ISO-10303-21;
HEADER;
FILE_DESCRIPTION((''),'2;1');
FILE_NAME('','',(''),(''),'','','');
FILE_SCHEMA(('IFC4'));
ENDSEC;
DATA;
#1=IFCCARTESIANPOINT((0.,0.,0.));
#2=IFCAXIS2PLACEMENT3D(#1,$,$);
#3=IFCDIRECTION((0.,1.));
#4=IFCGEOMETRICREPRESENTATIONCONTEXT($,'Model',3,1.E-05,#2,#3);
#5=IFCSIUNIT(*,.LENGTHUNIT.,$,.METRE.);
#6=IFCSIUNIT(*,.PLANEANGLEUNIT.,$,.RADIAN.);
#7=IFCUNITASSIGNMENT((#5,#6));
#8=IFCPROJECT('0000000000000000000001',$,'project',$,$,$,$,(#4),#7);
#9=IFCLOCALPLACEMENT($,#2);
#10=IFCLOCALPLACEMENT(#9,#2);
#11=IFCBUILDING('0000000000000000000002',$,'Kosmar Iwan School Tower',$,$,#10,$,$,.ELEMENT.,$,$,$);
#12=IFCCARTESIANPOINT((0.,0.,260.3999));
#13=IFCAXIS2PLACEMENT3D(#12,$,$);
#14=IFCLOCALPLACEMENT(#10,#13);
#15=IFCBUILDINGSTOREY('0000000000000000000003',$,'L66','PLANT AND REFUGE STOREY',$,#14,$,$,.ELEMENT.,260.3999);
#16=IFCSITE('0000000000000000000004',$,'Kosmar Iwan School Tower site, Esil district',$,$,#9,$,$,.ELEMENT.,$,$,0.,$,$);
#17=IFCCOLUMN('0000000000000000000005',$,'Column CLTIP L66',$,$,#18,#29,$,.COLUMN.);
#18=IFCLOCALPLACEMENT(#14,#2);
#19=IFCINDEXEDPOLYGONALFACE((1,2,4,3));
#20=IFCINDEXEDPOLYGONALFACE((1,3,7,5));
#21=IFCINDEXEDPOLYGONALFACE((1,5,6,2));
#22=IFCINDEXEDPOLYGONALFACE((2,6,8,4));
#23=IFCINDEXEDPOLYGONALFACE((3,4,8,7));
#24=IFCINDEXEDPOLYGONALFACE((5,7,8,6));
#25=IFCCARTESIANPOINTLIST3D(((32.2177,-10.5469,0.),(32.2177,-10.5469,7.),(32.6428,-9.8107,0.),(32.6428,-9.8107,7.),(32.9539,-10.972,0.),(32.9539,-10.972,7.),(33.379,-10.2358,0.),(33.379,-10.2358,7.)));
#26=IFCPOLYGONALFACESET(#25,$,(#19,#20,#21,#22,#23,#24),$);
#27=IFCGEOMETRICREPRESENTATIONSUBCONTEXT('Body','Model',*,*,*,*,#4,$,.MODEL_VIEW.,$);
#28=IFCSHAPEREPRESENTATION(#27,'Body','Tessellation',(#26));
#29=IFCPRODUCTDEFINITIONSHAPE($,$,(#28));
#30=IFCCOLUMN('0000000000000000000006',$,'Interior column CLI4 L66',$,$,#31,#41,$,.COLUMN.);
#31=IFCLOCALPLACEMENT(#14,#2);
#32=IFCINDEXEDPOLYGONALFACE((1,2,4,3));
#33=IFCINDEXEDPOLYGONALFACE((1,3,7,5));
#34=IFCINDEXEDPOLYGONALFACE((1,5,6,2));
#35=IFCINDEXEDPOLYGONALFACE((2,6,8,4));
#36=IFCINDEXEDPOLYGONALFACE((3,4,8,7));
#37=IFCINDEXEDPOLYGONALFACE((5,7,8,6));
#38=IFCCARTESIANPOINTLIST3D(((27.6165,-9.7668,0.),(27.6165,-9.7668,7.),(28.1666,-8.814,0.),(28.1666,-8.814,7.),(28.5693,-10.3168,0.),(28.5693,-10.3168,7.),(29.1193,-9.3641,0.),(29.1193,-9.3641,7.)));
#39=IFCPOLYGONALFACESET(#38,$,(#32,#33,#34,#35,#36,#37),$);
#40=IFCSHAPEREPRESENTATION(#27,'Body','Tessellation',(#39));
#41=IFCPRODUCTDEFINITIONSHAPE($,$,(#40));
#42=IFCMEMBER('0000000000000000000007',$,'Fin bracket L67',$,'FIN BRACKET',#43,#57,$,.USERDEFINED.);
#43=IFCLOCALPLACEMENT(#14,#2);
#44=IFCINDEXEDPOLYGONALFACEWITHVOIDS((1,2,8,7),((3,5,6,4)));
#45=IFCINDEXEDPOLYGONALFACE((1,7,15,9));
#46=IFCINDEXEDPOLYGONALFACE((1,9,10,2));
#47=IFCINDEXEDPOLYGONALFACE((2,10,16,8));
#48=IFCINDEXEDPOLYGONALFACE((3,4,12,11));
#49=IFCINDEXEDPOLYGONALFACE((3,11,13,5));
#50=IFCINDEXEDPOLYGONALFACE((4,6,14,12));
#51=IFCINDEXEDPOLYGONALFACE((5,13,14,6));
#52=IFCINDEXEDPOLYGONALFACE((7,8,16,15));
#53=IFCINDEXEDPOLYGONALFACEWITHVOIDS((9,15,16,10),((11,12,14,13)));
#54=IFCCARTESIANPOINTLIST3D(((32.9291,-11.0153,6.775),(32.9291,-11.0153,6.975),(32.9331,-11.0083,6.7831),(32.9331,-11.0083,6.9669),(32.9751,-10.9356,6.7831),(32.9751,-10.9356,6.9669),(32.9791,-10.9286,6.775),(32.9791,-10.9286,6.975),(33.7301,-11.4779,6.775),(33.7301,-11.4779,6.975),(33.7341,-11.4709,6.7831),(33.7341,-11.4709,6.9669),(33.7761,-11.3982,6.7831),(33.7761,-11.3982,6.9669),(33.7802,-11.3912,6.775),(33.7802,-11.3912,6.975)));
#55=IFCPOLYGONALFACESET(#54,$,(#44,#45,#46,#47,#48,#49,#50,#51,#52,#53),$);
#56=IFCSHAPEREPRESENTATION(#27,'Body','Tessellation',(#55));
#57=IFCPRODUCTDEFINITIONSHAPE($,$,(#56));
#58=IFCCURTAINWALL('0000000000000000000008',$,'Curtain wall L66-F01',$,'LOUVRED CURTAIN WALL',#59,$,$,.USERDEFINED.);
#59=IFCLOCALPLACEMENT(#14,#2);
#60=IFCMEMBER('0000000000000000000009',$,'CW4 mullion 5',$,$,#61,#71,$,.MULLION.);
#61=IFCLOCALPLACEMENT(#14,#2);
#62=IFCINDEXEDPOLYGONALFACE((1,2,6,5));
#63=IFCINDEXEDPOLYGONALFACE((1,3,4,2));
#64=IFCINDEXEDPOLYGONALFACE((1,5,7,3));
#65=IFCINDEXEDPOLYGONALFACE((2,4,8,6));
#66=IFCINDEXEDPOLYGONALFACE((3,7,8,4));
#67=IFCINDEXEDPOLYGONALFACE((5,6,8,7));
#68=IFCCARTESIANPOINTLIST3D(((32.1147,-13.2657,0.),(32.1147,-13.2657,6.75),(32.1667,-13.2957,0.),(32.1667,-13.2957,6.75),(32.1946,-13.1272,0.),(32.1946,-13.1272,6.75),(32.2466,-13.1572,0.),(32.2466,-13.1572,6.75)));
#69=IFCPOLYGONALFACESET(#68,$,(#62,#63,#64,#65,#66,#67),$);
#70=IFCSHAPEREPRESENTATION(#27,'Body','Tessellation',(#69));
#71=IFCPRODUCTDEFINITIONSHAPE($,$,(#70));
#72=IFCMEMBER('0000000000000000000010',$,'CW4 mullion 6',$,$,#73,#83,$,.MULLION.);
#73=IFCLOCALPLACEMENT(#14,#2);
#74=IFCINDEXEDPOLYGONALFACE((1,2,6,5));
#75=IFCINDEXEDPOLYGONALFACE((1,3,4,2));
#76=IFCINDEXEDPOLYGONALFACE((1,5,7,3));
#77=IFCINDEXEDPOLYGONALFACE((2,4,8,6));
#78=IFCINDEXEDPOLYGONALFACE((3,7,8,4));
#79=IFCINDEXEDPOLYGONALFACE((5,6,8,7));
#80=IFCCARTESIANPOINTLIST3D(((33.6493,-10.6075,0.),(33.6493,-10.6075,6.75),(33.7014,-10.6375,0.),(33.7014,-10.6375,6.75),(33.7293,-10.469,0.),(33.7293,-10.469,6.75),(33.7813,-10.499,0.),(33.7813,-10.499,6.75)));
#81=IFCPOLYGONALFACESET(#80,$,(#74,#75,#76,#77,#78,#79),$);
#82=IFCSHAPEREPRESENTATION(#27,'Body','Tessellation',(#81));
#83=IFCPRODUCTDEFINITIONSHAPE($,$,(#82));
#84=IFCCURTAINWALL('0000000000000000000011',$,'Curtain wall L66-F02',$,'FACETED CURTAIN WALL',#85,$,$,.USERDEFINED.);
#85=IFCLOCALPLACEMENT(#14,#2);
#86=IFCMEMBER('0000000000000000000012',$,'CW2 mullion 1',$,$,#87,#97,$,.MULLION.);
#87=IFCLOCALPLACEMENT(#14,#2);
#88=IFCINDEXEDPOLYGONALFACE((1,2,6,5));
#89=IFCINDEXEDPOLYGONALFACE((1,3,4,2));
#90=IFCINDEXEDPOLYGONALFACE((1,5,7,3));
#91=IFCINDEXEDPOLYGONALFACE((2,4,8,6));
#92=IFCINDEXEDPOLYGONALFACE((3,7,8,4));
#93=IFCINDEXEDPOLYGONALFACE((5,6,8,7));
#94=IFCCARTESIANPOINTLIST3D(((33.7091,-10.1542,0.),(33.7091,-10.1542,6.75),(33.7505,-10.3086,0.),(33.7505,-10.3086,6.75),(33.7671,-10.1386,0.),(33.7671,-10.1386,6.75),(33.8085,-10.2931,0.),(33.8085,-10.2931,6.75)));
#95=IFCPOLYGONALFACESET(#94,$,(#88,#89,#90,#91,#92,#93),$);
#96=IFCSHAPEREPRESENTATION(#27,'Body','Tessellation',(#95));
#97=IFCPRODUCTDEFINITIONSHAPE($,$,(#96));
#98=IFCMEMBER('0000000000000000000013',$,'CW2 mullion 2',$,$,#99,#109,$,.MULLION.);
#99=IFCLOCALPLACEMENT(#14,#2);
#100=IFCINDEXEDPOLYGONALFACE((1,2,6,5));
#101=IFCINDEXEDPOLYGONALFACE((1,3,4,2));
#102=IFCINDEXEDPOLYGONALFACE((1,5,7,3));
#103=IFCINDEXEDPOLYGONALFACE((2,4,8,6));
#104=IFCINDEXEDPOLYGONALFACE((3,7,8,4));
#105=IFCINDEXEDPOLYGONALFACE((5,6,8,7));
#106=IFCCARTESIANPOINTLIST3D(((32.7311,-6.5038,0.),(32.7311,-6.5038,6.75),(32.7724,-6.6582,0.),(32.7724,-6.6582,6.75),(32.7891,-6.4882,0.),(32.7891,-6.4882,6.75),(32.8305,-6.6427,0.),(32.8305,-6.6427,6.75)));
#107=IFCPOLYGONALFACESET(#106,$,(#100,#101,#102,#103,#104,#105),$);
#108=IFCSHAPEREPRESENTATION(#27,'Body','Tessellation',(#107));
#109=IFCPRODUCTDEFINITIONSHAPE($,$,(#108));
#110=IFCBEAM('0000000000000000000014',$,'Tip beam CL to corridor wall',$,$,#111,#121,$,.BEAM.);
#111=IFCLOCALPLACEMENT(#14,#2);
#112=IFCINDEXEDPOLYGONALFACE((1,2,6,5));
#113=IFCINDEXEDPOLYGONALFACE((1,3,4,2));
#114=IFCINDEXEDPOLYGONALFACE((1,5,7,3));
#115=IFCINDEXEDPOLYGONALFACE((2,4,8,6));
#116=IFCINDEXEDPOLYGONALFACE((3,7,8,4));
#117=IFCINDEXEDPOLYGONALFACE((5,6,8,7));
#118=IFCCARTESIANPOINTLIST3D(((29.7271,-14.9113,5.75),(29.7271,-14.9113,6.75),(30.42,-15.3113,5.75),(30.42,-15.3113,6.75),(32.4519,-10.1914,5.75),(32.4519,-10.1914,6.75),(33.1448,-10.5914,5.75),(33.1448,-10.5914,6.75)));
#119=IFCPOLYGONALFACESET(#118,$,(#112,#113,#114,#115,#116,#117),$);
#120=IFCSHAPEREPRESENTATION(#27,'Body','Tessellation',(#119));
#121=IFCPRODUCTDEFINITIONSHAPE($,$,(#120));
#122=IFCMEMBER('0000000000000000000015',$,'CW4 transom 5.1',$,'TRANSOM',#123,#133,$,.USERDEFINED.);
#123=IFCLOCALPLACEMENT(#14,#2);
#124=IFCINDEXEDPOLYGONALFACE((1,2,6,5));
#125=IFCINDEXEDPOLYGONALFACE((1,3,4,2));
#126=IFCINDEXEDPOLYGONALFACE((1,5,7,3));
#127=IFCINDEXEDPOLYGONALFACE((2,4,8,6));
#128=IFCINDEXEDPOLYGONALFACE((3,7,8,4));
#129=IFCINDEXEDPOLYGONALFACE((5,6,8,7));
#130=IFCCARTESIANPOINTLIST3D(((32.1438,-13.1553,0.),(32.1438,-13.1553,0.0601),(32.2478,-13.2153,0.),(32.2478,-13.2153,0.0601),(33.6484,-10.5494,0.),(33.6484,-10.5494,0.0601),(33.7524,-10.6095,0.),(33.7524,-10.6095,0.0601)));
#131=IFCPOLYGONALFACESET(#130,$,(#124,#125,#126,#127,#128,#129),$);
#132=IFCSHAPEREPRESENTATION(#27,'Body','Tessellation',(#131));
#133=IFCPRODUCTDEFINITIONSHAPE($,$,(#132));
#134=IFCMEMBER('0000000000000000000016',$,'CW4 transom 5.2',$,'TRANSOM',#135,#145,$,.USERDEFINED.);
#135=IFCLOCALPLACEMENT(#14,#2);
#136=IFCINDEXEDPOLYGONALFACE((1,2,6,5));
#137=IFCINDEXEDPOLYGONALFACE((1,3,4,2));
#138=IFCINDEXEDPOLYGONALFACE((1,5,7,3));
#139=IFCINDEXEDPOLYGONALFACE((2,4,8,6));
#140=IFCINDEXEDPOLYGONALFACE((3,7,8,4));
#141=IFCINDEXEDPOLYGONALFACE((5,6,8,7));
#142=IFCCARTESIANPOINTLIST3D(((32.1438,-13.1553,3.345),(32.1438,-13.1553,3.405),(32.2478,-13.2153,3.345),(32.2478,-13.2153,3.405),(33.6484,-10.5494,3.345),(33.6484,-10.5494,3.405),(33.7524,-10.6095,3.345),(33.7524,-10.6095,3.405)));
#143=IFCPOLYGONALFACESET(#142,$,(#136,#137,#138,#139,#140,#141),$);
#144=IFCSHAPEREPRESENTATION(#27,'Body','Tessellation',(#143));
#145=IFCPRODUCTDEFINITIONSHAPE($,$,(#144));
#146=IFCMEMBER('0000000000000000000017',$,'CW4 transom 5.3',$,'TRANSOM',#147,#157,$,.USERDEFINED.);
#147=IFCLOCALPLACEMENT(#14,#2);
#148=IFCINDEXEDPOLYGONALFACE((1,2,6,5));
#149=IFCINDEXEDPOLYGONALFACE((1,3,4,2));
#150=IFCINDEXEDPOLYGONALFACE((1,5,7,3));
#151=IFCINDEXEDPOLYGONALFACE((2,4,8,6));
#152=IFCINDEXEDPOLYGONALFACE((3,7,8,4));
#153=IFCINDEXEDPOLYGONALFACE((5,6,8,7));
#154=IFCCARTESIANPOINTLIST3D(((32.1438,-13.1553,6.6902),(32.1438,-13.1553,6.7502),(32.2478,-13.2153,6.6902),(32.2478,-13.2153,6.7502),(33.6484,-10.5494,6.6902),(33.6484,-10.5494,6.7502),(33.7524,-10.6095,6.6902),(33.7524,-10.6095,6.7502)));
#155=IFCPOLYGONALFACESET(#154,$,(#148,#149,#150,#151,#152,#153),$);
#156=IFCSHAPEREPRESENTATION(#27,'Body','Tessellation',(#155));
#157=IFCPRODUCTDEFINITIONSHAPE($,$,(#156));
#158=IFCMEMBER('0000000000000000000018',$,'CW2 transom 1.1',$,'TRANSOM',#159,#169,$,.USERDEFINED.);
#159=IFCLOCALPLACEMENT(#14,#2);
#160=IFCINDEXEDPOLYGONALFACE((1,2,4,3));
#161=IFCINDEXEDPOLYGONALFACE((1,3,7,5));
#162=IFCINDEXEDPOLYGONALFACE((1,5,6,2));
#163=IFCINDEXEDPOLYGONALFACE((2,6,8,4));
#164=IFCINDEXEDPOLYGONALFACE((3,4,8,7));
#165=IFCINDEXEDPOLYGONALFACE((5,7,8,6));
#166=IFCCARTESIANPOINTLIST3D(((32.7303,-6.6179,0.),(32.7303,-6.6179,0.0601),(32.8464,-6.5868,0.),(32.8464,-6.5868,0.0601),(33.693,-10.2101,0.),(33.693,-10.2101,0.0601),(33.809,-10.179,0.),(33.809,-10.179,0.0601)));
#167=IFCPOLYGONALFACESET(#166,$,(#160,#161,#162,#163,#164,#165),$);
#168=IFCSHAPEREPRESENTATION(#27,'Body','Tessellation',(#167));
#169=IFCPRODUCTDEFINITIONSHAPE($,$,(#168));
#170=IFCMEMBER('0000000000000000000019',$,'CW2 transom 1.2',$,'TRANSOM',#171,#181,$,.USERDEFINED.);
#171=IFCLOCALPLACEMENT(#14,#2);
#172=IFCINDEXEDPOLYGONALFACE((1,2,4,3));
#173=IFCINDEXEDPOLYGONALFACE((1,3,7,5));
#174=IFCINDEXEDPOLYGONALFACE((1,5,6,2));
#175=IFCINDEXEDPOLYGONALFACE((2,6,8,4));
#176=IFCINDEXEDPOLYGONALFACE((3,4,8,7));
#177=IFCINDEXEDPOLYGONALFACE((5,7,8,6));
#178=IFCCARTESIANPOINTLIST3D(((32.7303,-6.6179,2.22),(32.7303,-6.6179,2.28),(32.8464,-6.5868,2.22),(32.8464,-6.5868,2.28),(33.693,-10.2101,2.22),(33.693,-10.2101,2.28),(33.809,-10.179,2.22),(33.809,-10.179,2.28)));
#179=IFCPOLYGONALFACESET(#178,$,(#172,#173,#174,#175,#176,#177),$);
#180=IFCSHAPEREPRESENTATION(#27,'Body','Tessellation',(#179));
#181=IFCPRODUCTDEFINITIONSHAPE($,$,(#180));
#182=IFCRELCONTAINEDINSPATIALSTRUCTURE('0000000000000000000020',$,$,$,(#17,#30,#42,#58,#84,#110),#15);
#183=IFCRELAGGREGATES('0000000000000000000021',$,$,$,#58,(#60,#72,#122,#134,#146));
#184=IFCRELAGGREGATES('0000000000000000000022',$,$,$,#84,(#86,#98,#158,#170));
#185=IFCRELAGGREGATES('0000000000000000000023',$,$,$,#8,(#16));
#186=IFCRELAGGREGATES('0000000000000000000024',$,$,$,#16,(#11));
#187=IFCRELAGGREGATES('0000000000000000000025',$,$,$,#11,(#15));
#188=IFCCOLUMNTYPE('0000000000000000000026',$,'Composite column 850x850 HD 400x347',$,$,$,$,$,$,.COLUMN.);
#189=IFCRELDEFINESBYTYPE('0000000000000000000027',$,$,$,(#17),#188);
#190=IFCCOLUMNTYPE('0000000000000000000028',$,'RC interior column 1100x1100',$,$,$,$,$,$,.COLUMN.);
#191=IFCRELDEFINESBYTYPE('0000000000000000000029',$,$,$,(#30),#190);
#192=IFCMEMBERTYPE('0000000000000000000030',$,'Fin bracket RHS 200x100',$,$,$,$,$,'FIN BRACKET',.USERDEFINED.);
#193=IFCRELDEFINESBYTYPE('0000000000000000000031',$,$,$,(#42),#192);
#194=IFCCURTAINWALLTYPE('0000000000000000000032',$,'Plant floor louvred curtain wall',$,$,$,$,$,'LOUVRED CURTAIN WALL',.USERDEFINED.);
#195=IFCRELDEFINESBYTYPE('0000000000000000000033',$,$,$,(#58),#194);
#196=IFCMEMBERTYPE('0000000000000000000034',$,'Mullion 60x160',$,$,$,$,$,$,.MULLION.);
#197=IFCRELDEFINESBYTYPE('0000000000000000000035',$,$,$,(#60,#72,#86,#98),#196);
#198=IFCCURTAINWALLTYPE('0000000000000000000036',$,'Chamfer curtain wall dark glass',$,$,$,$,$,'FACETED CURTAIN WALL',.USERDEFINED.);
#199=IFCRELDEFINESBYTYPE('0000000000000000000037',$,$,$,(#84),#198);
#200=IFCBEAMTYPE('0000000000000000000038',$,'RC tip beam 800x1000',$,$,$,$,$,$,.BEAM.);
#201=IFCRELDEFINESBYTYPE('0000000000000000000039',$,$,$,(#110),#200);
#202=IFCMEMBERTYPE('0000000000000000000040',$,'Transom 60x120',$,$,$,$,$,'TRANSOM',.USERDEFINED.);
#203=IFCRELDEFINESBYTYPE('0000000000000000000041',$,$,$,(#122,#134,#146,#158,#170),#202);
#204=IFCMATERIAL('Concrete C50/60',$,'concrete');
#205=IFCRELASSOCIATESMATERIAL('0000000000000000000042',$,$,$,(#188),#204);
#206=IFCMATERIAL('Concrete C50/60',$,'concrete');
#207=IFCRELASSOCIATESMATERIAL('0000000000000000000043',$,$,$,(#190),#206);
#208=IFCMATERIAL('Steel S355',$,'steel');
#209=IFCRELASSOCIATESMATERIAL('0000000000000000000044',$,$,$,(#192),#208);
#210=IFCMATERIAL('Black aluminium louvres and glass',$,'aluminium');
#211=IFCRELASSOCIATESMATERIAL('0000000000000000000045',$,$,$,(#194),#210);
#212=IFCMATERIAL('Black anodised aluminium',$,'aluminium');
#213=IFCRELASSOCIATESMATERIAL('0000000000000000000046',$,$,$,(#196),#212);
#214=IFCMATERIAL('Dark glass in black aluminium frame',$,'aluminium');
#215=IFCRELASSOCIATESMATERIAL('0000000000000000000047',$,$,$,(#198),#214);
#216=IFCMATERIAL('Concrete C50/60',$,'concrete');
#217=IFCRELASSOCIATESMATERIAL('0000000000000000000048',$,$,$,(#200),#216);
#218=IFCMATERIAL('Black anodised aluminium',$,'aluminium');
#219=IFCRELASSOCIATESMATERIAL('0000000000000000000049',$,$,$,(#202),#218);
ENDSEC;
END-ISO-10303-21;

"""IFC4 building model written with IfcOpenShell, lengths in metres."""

from ifc_helpers import new_model, si_unit, direction, frame, origin, origin_2d, place, context, subcontext, project, spatial, rectangle, hollow_rectangle, extrude, material, material_profile, profile_set, type_object, element, aggregate, save


model = new_model("IFC4")

# Units and contexts
model_context = context("Model", 3, precision=1e-05, world=origin(), true_north=direction((0.0, 1.0)))
body_context = subcontext(model_context, "Body", "Model", "MODEL_VIEW")
ifc_project = project(units=[si_unit("LENGTHUNIT", "METRE"), si_unit("PLANEANGLEUNIT", "RADIAN")], contexts=[model_context])

# Site, building, storey
site_placement = place(None, origin())
site = spatial("IfcSite", under=ifc_project, at=site_placement, Name="Kosmar Iwan School Tower site, Esil district", CompositionType="ELEMENT", RefElevation=0.0)
building_placement = place(site_placement, origin())
building = spatial("IfcBuilding", under=site, at=building_placement, Name="Kosmar Iwan School Tower", CompositionType="ELEMENT")
storey_placement = place(building_placement, frame((0.0, 0.0, 260.3999)))
storey = spatial("IfcBuildingStorey", under=building, at=storey_placement, Name="L66", Description="PLANT AND REFUGE STOREY", CompositionType="ELEMENT", Elevation=260.3999)

# Columns
ifc_material_1 = material(Name="Concrete C50/60", Category="concrete")
ifc_material_profile_1 = material_profile(ifc_material_1, rectangle(XDim=0.8501, YDim=0.8501, at=origin_2d()), Name="RC 850x850 + HD 400x347")
ifc_profile_set_1 = profile_set([ifc_material_profile_1], Name="Concrete C50/60")
column_type_1 = type_object("IfcColumnType", Name="Composite column 850x850 HD 400x347", PredefinedType="COLUMN", material=ifc_profile_set_1)
column_1_placement = place(storey_placement, frame((32.7983, -10.3914, 0.0), z_axis=(0.0, 0.0, 1.0), x_axis=(0.866025, -0.5, 0.0)))
element("IfcColumn", 1, at=column_1_placement, inside=storey, type_object=column_type_1, Name="Column CLTIP L66", PredefinedType="COLUMN", context=body_context, shape_type="SweptSolid", body=[
    extrude(rectangle(XDim=0.8501, YDim=0.8501, at=origin_2d()), origin(), (0.0, 0.0, 1.0), 7.0),
])
ifc_material_2 = material(Name="Concrete C50/60", Category="concrete")
ifc_material_profile_2 = material_profile(ifc_material_2, rectangle(XDim=1.1001, YDim=1.1001, at=origin_2d()), Name="RC 1100x1100")
ifc_profile_set_2 = profile_set([ifc_material_profile_2], Name="Concrete C50/60")
column_type_2 = type_object("IfcColumnType", Name="RC interior column 1100x1100", PredefinedType="COLUMN", material=ifc_profile_set_2)
column_2_placement = place(storey_placement, frame((28.3679, -9.5654, 0.0), z_axis=(0.0, 0.0, 1.0), x_axis=(0.866025, -0.5, 0.0)))
element("IfcColumn", 2, at=column_2_placement, inside=storey, type_object=column_type_2, Name="Interior column CLI4 L66", PredefinedType="COLUMN", context=body_context, shape_type="SweptSolid", body=[
    extrude(rectangle(XDim=1.1001, YDim=1.1001, at=origin_2d()), origin(), (0.0, 0.0, 1.0), 7.0),
])

# Member
ifc_material_3 = material(Name="Steel S355", Category="steel")
ifc_material_profile_3 = material_profile(ifc_material_3, hollow_rectangle(XDim=0.1001, YDim=0.2, WallThickness=0.0081, at=origin_2d()), Name="RHS 200x100x8")
ifc_profile_set_3 = profile_set([ifc_material_profile_3], Name="Steel S355")
member_type_1 = type_object("IfcMemberType", Name="Fin bracket RHS 200x100", ElementType="FIN BRACKET", PredefinedType="USERDEFINED", material=ifc_profile_set_3)
member_1_placement = place(storey_placement, frame((32.9541, -10.9719, 6.875), z_axis=(0.865944, -0.500141, 0.0), x_axis=(0.500141, 0.865944, 0.0)))
element("IfcMember", 3, at=member_1_placement, inside=storey, type_object=member_type_1, Name="Fin bracket L67", ObjectType="FIN BRACKET", PredefinedType="USERDEFINED", context=body_context, shape_type="SweptSolid", body=[
    extrude(hollow_rectangle(XDim=0.1001, YDim=0.2, WallThickness=0.0081, at=origin_2d()), origin(), (0.0, 0.0, 1.0), 0.925),
])

# Curtain walls, members
ifc_material_4 = material(Name="Black aluminium louvres and glass", Category="aluminium")
curtain_wall_type_1 = type_object("IfcCurtainWallType", Name="Plant floor louvred curtain wall", ElementType="LOUVRED CURTAIN WALL", PredefinedType="USERDEFINED", material=ifc_material_4)
curtain_wall_1_placement = place(storey_placement, origin())
curtain_wall_1 = element("IfcCurtainWall", 4, at=curtain_wall_1_placement, inside=storey, type_object=curtain_wall_type_1, Name="Curtain wall L66-F01", ObjectType="LOUVRED CURTAIN WALL", PredefinedType="USERDEFINED")
ifc_material_5 = material(Name="Black anodised aluminium", Category="aluminium")
ifc_material_profile_4 = material_profile(ifc_material_5, rectangle(XDim=0.0601, YDim=0.1599, at=origin_2d()), Name="MULLION 60x160")
ifc_profile_set_4 = profile_set([ifc_material_profile_4], Name="Black anodised aluminium")
member_type_2 = type_object("IfcMemberType", Name="Mullion 60x160", PredefinedType="MULLION", material=ifc_profile_set_4)
member_2_placement = place(storey_placement, frame((32.1807, -13.2114, 0.0), z_axis=(0.0, 0.0, 1.0), x_axis=(-0.866025, 0.5, 0.0)))
member_2 = element("IfcMember", 5, at=member_2_placement, type_object=member_type_2, Name="CW4 mullion 5", PredefinedType="MULLION", context=body_context, shape_type="SweptSolid", body=[
    extrude(rectangle(XDim=0.0601, YDim=0.1599, at=origin_2d()), origin(), (0.0, 0.0, 1.0), 6.75),
])
member_3_placement = place(storey_placement, frame((33.7153, -10.5532, 0.0), z_axis=(0.0, 0.0, 1.0), x_axis=(-0.866025, 0.5, 0.0)))
member_3 = element("IfcMember", 6, at=member_3_placement, type_object=member_type_2, Name="CW4 mullion 6", PredefinedType="MULLION", context=body_context, shape_type="SweptSolid", body=[
    extrude(rectangle(XDim=0.0601, YDim=0.1599, at=origin_2d()), origin(), (0.0, 0.0, 1.0), 6.75),
])
ifc_material_6 = material(Name="Dark glass in black aluminium frame", Category="aluminium")
curtain_wall_type_2 = type_object("IfcCurtainWallType", Name="Chamfer curtain wall dark glass", ElementType="FACETED CURTAIN WALL", PredefinedType="USERDEFINED", material=ifc_material_6)
curtain_wall_2_placement = place(storey_placement, origin())
curtain_wall_2 = element("IfcCurtainWall", 7, at=curtain_wall_2_placement, inside=storey, type_object=curtain_wall_type_2, Name="Curtain wall L66-F02", ObjectType="FACETED CURTAIN WALL", PredefinedType="USERDEFINED")
member_4_placement = place(storey_placement, frame((33.7588, -10.2236, 0.0), z_axis=(0.0, 0.0, 1.0), x_axis=(-0.965926, -0.258819, 0.0)))
member_4 = element("IfcMember", 8, at=member_4_placement, type_object=member_type_2, Name="CW2 mullion 1", PredefinedType="MULLION", context=body_context, shape_type="SweptSolid", body=[
    extrude(rectangle(XDim=0.0601, YDim=0.1599, at=origin_2d()), origin(), (0.0, 0.0, 1.0), 6.75),
])
member_5_placement = place(storey_placement, frame((32.7808, -6.5732, 0.0), z_axis=(0.0, 0.0, 1.0), x_axis=(-0.965926, -0.258819, 0.0)))
member_5 = element("IfcMember", 9, at=member_5_placement, type_object=member_type_2, Name="CW2 mullion 2", PredefinedType="MULLION", context=body_context, shape_type="SweptSolid", body=[
    extrude(rectangle(XDim=0.0601, YDim=0.1599, at=origin_2d()), origin(), (0.0, 0.0, 1.0), 6.75),
])

# Beam
ifc_material_7 = material(Name="Concrete C50/60", Category="concrete")
ifc_material_profile_5 = material_profile(ifc_material_7, rectangle(XDim=0.8, YDim=1.0, at=origin_2d()), Name="RC 800x1000")
ifc_profile_set_5 = profile_set([ifc_material_profile_5], Name="Concrete C50/60")
beam_type = type_object("IfcBeamType", Name="RC tip beam 800x1000", PredefinedType="BEAM", material=ifc_profile_set_5)
beam_placement = place(storey_placement, frame((32.7983, -10.3914, 6.25), z_axis=(-0.499969, -0.866043, 0.0), x_axis=(0.866043, -0.499969, 0.0)))
element("IfcBeam", 10, at=beam_placement, inside=storey, type_object=beam_type, Name="Tip beam CL to corridor wall", PredefinedType="BEAM", context=body_context, shape_type="SweptSolid", body=[
    extrude(rectangle(XDim=0.8, YDim=1.0, at=origin_2d()), origin(), (0.0, 0.0, 1.0), 5.45),
])

# Members
ifc_material_8 = material(Name="Black anodised aluminium", Category="aluminium")
ifc_material_profile_6 = material_profile(ifc_material_8, rectangle(XDim=0.1201, YDim=0.0601, at=origin_2d()), Name="TRANSOM 60x120")
ifc_profile_set_6 = profile_set([ifc_material_profile_6], Name="Black anodised aluminium")
member_type_3 = type_object("IfcMemberType", Name="Transom 60x120", ElementType="TRANSOM", PredefinedType="USERDEFINED", material=ifc_profile_set_6)
member_6_placement = place(storey_placement, frame((32.1958, -13.1853, 0.03), z_axis=(0.500022, 0.866013, 0.0), x_axis=(-0.866013, 0.500022, 0.0)))
member_6 = element("IfcMember", 11, at=member_6_placement, type_object=member_type_3, Name="CW4 transom 5.1", ObjectType="TRANSOM", PredefinedType="USERDEFINED", context=body_context, shape_type="SweptSolid", body=[
    extrude(rectangle(XDim=0.1201, YDim=0.0601, at=origin_2d()), origin(), (0.0, 0.0, 1.0), 3.009),
])
member_7_placement = place(storey_placement, frame((32.1958, -13.1853, 3.375), z_axis=(0.500022, 0.866013, 0.0), x_axis=(-0.866013, 0.500022, 0.0)))
member_7 = element("IfcMember", 12, at=member_7_placement, type_object=member_type_3, Name="CW4 transom 5.2", ObjectType="TRANSOM", PredefinedType="USERDEFINED", context=body_context, shape_type="SweptSolid", body=[
    extrude(rectangle(XDim=0.1201, YDim=0.0601, at=origin_2d()), origin(), (0.0, 0.0, 1.0), 3.009),
])
member_8_placement = place(storey_placement, frame((32.1958, -13.1853, 6.7202), z_axis=(0.500022, 0.866013, 0.0), x_axis=(-0.866013, 0.500022, 0.0)))
member_8 = element("IfcMember", 13, at=member_8_placement, type_object=member_type_3, Name="CW4 transom 5.3", ObjectType="TRANSOM", PredefinedType="USERDEFINED", context=body_context, shape_type="SweptSolid", body=[
    extrude(rectangle(XDim=0.1201, YDim=0.0601, at=origin_2d()), origin(), (0.0, 0.0, 1.0), 3.009),
])
member_9_placement = place(storey_placement, frame((33.751, -10.1946, 0.03), z_axis=(-0.258843, 0.965919, 0.0), x_axis=(-0.965919, -0.258843, 0.0)))
member_9 = element("IfcMember", 14, at=member_9_placement, type_object=member_type_3, Name="CW2 transom 1.1", ObjectType="TRANSOM", PredefinedType="USERDEFINED", context=body_context, shape_type="SweptSolid", body=[
    extrude(rectangle(XDim=0.1201, YDim=0.0601, at=origin_2d()), origin(), (0.0, 0.0, 1.0), 3.719),
])
member_10_placement = place(storey_placement, frame((33.751, -10.1946, 2.25), z_axis=(-0.258843, 0.965919, 0.0), x_axis=(-0.965919, -0.258843, 0.0)))
member_10 = element("IfcMember", 15, at=member_10_placement, type_object=member_type_3, Name="CW2 transom 1.2", ObjectType="TRANSOM", PredefinedType="USERDEFINED", context=body_context, shape_type="SweptSolid", body=[
    extrude(rectangle(XDim=0.1201, YDim=0.0601, at=origin_2d()), origin(), (0.0, 0.0, 1.0), 3.719),
])

aggregate(curtain_wall_1, [member_2, member_3, member_6, member_7, member_8])
aggregate(curtain_wall_2, [member_4, member_5, member_9, member_10])

save(model, "model.ifc")
